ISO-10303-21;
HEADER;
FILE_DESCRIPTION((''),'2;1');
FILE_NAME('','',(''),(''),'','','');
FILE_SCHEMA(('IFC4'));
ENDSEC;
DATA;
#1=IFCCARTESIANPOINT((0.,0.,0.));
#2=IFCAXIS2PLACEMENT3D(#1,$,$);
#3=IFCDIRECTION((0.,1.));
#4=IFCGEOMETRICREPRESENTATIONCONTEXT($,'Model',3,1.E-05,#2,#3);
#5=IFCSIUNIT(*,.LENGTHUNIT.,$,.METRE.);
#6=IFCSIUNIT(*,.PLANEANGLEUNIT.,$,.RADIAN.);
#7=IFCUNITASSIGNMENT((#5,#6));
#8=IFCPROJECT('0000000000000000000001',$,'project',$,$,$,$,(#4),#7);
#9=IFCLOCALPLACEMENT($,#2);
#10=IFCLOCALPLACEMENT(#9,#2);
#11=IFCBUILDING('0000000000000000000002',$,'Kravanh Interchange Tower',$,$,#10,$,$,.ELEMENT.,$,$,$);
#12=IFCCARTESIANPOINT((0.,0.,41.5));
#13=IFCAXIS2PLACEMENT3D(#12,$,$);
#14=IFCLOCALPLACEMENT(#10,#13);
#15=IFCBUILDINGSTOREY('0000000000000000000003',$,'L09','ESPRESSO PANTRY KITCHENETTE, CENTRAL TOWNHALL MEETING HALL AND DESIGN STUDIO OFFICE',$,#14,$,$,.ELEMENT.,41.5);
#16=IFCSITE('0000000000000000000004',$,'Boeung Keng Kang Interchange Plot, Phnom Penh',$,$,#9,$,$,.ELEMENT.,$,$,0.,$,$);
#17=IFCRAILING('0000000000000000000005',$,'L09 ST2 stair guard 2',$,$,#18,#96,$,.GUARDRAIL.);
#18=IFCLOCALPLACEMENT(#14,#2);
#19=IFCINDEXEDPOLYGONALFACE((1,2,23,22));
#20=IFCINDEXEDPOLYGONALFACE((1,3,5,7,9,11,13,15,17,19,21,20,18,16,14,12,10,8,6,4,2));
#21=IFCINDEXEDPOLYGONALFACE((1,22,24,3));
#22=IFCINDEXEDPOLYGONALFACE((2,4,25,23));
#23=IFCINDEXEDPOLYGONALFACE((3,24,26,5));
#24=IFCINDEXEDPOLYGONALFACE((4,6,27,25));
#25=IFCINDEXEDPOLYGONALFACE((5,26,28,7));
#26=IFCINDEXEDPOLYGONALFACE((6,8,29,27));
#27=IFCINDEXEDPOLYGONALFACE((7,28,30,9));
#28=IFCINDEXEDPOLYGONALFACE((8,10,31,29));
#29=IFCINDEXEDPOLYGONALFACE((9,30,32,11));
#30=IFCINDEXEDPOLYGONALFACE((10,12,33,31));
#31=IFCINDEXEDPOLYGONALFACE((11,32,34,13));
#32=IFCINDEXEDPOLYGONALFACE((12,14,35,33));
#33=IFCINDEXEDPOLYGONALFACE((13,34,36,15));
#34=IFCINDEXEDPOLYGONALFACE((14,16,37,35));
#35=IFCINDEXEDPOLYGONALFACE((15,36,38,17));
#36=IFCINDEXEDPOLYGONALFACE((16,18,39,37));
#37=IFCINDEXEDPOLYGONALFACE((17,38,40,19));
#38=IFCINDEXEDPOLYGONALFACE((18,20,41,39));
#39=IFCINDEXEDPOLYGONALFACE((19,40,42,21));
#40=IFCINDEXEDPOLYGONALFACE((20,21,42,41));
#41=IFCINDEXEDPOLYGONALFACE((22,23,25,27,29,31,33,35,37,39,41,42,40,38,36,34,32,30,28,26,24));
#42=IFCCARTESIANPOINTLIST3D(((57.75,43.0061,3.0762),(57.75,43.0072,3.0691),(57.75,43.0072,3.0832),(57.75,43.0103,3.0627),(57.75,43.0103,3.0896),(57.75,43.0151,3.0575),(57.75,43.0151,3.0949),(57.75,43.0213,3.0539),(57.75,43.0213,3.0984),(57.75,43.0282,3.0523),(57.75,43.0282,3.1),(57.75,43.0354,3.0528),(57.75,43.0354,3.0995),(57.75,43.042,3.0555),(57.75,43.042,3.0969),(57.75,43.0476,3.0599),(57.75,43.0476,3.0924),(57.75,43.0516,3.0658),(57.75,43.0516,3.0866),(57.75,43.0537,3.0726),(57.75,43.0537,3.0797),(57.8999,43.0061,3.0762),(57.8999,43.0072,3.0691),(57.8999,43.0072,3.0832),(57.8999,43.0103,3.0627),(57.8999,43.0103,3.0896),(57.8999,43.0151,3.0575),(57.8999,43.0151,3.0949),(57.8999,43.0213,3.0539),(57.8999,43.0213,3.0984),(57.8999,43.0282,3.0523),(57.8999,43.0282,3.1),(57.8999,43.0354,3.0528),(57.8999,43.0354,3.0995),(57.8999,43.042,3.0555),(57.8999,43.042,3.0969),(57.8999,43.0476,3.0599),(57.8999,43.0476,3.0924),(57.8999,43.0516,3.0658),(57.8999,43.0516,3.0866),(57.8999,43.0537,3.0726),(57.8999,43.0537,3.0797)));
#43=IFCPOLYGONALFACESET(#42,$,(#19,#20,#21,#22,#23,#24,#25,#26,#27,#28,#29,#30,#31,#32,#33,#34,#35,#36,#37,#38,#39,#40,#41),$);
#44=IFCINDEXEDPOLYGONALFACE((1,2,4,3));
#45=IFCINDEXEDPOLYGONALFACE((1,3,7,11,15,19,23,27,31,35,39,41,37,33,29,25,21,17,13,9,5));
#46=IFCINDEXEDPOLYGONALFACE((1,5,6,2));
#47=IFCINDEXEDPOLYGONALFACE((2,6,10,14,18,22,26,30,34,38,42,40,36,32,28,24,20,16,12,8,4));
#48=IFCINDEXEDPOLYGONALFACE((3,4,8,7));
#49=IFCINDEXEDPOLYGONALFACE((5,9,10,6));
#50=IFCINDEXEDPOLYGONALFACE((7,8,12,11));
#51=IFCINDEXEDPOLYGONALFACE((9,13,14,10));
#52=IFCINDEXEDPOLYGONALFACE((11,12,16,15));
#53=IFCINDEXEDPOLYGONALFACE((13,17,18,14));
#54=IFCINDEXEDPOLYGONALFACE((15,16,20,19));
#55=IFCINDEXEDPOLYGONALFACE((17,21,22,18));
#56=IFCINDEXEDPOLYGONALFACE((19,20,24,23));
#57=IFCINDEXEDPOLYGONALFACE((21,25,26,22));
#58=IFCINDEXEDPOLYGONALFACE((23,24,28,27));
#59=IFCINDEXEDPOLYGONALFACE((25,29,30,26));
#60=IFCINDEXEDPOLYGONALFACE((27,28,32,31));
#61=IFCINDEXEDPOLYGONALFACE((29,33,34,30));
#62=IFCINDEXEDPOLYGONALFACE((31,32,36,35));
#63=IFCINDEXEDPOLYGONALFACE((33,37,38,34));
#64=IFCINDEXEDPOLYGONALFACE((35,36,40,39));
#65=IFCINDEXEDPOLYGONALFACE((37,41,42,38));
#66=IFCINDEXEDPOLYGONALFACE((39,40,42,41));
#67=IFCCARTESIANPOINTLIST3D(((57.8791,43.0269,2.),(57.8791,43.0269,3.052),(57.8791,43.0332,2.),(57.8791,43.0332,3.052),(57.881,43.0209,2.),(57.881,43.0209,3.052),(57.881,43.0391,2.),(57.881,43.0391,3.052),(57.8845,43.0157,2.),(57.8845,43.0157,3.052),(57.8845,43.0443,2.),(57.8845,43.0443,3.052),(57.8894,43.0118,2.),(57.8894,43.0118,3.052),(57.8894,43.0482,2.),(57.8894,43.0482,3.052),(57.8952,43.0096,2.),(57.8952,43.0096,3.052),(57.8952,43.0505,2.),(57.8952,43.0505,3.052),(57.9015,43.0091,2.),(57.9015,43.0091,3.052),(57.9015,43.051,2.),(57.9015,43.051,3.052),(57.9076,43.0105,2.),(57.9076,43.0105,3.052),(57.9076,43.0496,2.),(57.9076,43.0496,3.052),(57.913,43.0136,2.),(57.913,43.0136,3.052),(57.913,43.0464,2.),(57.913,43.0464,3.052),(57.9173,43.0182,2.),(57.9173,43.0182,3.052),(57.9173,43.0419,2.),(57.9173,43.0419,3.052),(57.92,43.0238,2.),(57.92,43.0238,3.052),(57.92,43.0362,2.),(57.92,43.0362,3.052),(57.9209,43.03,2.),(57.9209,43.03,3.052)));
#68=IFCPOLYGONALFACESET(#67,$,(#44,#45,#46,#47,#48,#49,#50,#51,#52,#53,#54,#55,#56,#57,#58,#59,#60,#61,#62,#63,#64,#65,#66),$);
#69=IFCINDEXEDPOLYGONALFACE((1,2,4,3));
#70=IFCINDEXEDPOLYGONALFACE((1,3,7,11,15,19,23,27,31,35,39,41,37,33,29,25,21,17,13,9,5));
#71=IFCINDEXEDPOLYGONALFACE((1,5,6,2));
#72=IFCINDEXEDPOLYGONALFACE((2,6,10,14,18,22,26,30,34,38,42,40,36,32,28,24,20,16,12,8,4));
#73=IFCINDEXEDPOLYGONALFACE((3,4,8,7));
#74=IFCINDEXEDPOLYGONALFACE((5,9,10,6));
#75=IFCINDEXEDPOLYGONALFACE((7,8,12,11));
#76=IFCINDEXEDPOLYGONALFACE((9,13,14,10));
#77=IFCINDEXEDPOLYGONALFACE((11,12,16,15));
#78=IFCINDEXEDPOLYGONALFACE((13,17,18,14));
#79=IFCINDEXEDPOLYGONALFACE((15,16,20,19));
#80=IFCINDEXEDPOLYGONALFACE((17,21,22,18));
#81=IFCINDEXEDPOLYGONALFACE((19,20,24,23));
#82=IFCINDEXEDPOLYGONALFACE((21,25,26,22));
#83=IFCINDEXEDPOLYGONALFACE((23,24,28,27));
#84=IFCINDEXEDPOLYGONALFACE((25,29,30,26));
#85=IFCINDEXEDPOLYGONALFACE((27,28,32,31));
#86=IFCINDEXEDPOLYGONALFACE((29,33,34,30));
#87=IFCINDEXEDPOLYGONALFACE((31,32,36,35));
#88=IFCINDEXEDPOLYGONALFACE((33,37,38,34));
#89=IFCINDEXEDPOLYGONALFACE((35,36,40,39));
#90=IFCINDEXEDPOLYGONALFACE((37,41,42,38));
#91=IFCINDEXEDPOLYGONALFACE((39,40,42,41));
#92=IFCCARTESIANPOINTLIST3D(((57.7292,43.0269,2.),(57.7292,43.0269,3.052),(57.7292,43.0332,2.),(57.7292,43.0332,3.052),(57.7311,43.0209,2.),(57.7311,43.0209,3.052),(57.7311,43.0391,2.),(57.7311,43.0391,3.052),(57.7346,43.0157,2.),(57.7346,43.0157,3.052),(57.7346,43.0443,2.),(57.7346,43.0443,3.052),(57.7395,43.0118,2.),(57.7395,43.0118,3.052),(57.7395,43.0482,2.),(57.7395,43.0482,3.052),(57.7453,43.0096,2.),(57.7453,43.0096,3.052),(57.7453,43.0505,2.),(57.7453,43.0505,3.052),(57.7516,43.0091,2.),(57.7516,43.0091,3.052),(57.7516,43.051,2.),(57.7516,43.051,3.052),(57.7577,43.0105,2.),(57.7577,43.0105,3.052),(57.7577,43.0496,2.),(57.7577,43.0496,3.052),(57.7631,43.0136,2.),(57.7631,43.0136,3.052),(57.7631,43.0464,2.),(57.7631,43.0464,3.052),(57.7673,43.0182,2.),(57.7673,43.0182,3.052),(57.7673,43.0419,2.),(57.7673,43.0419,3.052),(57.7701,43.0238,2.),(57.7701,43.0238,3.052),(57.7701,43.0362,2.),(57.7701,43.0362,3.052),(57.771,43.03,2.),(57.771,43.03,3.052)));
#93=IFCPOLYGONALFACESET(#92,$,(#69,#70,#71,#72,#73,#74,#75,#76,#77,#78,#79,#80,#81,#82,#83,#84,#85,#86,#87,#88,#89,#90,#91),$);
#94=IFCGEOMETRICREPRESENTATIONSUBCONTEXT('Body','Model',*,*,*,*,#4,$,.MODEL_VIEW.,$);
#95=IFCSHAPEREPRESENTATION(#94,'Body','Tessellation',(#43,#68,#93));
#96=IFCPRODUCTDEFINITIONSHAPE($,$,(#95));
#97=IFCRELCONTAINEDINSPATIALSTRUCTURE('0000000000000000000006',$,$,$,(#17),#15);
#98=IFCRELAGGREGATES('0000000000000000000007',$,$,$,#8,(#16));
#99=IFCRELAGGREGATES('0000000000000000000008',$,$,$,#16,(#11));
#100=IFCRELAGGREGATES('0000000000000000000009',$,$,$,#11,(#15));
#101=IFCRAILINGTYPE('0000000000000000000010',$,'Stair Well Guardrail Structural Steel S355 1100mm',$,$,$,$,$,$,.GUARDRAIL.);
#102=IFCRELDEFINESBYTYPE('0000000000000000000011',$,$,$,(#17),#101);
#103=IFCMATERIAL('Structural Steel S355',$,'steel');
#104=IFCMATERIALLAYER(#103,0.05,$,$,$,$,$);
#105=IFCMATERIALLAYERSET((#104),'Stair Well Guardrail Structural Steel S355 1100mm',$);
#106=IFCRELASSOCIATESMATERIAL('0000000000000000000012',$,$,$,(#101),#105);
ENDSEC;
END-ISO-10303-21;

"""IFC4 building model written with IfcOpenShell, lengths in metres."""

from ifc_helpers import new_model, si_unit, direction, frame, origin, origin_2d, place, context, subcontext, project, spatial, circle, extrude, material, layer, layer_set, type_object, element, save


model = new_model("IFC4")

# Units and contexts
model_context = context("Model", 3, precision=1e-05, world=origin(), true_north=direction((0.0, 1.0)))
body_context = subcontext(model_context, "Body", "Model", "MODEL_VIEW")
ifc_project = project(units=[si_unit("LENGTHUNIT", "METRE"), si_unit("PLANEANGLEUNIT", "RADIAN")], contexts=[model_context])

# Site, building, storey
site_placement = place(None, origin())
site = spatial("IfcSite", under=ifc_project, at=site_placement, Name="Boeung Keng Kang Interchange Plot, Phnom Penh", CompositionType="ELEMENT", RefElevation=0.0)
building_placement = place(site_placement, origin())
building = spatial("IfcBuilding", under=site, at=building_placement, Name="Kravanh Interchange Tower", CompositionType="ELEMENT")
storey_placement = place(building_placement, frame((0.0, 0.0, 41.5)))
storey = spatial("IfcBuildingStorey", under=building, at=storey_placement, Name="L09", Description="ESPRESSO PANTRY KITCHENETTE, CENTRAL TOWNHALL MEETING HALL AND DESIGN STUDIO OFFICE", CompositionType="ELEMENT", Elevation=41.5)

# Railing
ifc_material_1 = material(Name="Structural Steel S355", Category="steel")
ifc_layer_1 = layer(ifc_material_1, 0.05)
ifc_layer_set_1 = layer_set([ifc_layer_1], Name="Stair Well Guardrail Structural Steel S355 1100mm")
railing_type_1 = type_object("IfcRailingType", Name="Stair Well Guardrail Structural Steel S355 1100mm", PredefinedType="GUARDRAIL", material=ifc_layer_set_1)
railing_1_placement = place(storey_placement, frame((57.8999, 43.03, 2.0)))
element("IfcRailing", 1, at=railing_1_placement, inside=storey, type_object=railing_type_1, Name="L09 ST2 stair guard 2", PredefinedType="GUARDRAIL", context=body_context, shape_type="SweptSolid", body=[
    extrude(circle(Radius=0.0239, at=origin_2d()), frame((0.0, 0.0, 1.0762), z_axis=(-1.0, 0.0, 0.0), x_axis=(0.0, -1.0, 0.0)), (0.0, 0.0, 1.0), 0.1499),
    extrude(circle(Radius=0.021, at=origin_2d()), origin(), (0.0, 0.0, 1.0), 1.052),
    extrude(circle(Radius=0.021, at=origin_2d()), frame((-0.1499, 0.0, 0.0)), (0.0, 0.0, 1.0), 1.052),
])

save(model, "model.ifc")
